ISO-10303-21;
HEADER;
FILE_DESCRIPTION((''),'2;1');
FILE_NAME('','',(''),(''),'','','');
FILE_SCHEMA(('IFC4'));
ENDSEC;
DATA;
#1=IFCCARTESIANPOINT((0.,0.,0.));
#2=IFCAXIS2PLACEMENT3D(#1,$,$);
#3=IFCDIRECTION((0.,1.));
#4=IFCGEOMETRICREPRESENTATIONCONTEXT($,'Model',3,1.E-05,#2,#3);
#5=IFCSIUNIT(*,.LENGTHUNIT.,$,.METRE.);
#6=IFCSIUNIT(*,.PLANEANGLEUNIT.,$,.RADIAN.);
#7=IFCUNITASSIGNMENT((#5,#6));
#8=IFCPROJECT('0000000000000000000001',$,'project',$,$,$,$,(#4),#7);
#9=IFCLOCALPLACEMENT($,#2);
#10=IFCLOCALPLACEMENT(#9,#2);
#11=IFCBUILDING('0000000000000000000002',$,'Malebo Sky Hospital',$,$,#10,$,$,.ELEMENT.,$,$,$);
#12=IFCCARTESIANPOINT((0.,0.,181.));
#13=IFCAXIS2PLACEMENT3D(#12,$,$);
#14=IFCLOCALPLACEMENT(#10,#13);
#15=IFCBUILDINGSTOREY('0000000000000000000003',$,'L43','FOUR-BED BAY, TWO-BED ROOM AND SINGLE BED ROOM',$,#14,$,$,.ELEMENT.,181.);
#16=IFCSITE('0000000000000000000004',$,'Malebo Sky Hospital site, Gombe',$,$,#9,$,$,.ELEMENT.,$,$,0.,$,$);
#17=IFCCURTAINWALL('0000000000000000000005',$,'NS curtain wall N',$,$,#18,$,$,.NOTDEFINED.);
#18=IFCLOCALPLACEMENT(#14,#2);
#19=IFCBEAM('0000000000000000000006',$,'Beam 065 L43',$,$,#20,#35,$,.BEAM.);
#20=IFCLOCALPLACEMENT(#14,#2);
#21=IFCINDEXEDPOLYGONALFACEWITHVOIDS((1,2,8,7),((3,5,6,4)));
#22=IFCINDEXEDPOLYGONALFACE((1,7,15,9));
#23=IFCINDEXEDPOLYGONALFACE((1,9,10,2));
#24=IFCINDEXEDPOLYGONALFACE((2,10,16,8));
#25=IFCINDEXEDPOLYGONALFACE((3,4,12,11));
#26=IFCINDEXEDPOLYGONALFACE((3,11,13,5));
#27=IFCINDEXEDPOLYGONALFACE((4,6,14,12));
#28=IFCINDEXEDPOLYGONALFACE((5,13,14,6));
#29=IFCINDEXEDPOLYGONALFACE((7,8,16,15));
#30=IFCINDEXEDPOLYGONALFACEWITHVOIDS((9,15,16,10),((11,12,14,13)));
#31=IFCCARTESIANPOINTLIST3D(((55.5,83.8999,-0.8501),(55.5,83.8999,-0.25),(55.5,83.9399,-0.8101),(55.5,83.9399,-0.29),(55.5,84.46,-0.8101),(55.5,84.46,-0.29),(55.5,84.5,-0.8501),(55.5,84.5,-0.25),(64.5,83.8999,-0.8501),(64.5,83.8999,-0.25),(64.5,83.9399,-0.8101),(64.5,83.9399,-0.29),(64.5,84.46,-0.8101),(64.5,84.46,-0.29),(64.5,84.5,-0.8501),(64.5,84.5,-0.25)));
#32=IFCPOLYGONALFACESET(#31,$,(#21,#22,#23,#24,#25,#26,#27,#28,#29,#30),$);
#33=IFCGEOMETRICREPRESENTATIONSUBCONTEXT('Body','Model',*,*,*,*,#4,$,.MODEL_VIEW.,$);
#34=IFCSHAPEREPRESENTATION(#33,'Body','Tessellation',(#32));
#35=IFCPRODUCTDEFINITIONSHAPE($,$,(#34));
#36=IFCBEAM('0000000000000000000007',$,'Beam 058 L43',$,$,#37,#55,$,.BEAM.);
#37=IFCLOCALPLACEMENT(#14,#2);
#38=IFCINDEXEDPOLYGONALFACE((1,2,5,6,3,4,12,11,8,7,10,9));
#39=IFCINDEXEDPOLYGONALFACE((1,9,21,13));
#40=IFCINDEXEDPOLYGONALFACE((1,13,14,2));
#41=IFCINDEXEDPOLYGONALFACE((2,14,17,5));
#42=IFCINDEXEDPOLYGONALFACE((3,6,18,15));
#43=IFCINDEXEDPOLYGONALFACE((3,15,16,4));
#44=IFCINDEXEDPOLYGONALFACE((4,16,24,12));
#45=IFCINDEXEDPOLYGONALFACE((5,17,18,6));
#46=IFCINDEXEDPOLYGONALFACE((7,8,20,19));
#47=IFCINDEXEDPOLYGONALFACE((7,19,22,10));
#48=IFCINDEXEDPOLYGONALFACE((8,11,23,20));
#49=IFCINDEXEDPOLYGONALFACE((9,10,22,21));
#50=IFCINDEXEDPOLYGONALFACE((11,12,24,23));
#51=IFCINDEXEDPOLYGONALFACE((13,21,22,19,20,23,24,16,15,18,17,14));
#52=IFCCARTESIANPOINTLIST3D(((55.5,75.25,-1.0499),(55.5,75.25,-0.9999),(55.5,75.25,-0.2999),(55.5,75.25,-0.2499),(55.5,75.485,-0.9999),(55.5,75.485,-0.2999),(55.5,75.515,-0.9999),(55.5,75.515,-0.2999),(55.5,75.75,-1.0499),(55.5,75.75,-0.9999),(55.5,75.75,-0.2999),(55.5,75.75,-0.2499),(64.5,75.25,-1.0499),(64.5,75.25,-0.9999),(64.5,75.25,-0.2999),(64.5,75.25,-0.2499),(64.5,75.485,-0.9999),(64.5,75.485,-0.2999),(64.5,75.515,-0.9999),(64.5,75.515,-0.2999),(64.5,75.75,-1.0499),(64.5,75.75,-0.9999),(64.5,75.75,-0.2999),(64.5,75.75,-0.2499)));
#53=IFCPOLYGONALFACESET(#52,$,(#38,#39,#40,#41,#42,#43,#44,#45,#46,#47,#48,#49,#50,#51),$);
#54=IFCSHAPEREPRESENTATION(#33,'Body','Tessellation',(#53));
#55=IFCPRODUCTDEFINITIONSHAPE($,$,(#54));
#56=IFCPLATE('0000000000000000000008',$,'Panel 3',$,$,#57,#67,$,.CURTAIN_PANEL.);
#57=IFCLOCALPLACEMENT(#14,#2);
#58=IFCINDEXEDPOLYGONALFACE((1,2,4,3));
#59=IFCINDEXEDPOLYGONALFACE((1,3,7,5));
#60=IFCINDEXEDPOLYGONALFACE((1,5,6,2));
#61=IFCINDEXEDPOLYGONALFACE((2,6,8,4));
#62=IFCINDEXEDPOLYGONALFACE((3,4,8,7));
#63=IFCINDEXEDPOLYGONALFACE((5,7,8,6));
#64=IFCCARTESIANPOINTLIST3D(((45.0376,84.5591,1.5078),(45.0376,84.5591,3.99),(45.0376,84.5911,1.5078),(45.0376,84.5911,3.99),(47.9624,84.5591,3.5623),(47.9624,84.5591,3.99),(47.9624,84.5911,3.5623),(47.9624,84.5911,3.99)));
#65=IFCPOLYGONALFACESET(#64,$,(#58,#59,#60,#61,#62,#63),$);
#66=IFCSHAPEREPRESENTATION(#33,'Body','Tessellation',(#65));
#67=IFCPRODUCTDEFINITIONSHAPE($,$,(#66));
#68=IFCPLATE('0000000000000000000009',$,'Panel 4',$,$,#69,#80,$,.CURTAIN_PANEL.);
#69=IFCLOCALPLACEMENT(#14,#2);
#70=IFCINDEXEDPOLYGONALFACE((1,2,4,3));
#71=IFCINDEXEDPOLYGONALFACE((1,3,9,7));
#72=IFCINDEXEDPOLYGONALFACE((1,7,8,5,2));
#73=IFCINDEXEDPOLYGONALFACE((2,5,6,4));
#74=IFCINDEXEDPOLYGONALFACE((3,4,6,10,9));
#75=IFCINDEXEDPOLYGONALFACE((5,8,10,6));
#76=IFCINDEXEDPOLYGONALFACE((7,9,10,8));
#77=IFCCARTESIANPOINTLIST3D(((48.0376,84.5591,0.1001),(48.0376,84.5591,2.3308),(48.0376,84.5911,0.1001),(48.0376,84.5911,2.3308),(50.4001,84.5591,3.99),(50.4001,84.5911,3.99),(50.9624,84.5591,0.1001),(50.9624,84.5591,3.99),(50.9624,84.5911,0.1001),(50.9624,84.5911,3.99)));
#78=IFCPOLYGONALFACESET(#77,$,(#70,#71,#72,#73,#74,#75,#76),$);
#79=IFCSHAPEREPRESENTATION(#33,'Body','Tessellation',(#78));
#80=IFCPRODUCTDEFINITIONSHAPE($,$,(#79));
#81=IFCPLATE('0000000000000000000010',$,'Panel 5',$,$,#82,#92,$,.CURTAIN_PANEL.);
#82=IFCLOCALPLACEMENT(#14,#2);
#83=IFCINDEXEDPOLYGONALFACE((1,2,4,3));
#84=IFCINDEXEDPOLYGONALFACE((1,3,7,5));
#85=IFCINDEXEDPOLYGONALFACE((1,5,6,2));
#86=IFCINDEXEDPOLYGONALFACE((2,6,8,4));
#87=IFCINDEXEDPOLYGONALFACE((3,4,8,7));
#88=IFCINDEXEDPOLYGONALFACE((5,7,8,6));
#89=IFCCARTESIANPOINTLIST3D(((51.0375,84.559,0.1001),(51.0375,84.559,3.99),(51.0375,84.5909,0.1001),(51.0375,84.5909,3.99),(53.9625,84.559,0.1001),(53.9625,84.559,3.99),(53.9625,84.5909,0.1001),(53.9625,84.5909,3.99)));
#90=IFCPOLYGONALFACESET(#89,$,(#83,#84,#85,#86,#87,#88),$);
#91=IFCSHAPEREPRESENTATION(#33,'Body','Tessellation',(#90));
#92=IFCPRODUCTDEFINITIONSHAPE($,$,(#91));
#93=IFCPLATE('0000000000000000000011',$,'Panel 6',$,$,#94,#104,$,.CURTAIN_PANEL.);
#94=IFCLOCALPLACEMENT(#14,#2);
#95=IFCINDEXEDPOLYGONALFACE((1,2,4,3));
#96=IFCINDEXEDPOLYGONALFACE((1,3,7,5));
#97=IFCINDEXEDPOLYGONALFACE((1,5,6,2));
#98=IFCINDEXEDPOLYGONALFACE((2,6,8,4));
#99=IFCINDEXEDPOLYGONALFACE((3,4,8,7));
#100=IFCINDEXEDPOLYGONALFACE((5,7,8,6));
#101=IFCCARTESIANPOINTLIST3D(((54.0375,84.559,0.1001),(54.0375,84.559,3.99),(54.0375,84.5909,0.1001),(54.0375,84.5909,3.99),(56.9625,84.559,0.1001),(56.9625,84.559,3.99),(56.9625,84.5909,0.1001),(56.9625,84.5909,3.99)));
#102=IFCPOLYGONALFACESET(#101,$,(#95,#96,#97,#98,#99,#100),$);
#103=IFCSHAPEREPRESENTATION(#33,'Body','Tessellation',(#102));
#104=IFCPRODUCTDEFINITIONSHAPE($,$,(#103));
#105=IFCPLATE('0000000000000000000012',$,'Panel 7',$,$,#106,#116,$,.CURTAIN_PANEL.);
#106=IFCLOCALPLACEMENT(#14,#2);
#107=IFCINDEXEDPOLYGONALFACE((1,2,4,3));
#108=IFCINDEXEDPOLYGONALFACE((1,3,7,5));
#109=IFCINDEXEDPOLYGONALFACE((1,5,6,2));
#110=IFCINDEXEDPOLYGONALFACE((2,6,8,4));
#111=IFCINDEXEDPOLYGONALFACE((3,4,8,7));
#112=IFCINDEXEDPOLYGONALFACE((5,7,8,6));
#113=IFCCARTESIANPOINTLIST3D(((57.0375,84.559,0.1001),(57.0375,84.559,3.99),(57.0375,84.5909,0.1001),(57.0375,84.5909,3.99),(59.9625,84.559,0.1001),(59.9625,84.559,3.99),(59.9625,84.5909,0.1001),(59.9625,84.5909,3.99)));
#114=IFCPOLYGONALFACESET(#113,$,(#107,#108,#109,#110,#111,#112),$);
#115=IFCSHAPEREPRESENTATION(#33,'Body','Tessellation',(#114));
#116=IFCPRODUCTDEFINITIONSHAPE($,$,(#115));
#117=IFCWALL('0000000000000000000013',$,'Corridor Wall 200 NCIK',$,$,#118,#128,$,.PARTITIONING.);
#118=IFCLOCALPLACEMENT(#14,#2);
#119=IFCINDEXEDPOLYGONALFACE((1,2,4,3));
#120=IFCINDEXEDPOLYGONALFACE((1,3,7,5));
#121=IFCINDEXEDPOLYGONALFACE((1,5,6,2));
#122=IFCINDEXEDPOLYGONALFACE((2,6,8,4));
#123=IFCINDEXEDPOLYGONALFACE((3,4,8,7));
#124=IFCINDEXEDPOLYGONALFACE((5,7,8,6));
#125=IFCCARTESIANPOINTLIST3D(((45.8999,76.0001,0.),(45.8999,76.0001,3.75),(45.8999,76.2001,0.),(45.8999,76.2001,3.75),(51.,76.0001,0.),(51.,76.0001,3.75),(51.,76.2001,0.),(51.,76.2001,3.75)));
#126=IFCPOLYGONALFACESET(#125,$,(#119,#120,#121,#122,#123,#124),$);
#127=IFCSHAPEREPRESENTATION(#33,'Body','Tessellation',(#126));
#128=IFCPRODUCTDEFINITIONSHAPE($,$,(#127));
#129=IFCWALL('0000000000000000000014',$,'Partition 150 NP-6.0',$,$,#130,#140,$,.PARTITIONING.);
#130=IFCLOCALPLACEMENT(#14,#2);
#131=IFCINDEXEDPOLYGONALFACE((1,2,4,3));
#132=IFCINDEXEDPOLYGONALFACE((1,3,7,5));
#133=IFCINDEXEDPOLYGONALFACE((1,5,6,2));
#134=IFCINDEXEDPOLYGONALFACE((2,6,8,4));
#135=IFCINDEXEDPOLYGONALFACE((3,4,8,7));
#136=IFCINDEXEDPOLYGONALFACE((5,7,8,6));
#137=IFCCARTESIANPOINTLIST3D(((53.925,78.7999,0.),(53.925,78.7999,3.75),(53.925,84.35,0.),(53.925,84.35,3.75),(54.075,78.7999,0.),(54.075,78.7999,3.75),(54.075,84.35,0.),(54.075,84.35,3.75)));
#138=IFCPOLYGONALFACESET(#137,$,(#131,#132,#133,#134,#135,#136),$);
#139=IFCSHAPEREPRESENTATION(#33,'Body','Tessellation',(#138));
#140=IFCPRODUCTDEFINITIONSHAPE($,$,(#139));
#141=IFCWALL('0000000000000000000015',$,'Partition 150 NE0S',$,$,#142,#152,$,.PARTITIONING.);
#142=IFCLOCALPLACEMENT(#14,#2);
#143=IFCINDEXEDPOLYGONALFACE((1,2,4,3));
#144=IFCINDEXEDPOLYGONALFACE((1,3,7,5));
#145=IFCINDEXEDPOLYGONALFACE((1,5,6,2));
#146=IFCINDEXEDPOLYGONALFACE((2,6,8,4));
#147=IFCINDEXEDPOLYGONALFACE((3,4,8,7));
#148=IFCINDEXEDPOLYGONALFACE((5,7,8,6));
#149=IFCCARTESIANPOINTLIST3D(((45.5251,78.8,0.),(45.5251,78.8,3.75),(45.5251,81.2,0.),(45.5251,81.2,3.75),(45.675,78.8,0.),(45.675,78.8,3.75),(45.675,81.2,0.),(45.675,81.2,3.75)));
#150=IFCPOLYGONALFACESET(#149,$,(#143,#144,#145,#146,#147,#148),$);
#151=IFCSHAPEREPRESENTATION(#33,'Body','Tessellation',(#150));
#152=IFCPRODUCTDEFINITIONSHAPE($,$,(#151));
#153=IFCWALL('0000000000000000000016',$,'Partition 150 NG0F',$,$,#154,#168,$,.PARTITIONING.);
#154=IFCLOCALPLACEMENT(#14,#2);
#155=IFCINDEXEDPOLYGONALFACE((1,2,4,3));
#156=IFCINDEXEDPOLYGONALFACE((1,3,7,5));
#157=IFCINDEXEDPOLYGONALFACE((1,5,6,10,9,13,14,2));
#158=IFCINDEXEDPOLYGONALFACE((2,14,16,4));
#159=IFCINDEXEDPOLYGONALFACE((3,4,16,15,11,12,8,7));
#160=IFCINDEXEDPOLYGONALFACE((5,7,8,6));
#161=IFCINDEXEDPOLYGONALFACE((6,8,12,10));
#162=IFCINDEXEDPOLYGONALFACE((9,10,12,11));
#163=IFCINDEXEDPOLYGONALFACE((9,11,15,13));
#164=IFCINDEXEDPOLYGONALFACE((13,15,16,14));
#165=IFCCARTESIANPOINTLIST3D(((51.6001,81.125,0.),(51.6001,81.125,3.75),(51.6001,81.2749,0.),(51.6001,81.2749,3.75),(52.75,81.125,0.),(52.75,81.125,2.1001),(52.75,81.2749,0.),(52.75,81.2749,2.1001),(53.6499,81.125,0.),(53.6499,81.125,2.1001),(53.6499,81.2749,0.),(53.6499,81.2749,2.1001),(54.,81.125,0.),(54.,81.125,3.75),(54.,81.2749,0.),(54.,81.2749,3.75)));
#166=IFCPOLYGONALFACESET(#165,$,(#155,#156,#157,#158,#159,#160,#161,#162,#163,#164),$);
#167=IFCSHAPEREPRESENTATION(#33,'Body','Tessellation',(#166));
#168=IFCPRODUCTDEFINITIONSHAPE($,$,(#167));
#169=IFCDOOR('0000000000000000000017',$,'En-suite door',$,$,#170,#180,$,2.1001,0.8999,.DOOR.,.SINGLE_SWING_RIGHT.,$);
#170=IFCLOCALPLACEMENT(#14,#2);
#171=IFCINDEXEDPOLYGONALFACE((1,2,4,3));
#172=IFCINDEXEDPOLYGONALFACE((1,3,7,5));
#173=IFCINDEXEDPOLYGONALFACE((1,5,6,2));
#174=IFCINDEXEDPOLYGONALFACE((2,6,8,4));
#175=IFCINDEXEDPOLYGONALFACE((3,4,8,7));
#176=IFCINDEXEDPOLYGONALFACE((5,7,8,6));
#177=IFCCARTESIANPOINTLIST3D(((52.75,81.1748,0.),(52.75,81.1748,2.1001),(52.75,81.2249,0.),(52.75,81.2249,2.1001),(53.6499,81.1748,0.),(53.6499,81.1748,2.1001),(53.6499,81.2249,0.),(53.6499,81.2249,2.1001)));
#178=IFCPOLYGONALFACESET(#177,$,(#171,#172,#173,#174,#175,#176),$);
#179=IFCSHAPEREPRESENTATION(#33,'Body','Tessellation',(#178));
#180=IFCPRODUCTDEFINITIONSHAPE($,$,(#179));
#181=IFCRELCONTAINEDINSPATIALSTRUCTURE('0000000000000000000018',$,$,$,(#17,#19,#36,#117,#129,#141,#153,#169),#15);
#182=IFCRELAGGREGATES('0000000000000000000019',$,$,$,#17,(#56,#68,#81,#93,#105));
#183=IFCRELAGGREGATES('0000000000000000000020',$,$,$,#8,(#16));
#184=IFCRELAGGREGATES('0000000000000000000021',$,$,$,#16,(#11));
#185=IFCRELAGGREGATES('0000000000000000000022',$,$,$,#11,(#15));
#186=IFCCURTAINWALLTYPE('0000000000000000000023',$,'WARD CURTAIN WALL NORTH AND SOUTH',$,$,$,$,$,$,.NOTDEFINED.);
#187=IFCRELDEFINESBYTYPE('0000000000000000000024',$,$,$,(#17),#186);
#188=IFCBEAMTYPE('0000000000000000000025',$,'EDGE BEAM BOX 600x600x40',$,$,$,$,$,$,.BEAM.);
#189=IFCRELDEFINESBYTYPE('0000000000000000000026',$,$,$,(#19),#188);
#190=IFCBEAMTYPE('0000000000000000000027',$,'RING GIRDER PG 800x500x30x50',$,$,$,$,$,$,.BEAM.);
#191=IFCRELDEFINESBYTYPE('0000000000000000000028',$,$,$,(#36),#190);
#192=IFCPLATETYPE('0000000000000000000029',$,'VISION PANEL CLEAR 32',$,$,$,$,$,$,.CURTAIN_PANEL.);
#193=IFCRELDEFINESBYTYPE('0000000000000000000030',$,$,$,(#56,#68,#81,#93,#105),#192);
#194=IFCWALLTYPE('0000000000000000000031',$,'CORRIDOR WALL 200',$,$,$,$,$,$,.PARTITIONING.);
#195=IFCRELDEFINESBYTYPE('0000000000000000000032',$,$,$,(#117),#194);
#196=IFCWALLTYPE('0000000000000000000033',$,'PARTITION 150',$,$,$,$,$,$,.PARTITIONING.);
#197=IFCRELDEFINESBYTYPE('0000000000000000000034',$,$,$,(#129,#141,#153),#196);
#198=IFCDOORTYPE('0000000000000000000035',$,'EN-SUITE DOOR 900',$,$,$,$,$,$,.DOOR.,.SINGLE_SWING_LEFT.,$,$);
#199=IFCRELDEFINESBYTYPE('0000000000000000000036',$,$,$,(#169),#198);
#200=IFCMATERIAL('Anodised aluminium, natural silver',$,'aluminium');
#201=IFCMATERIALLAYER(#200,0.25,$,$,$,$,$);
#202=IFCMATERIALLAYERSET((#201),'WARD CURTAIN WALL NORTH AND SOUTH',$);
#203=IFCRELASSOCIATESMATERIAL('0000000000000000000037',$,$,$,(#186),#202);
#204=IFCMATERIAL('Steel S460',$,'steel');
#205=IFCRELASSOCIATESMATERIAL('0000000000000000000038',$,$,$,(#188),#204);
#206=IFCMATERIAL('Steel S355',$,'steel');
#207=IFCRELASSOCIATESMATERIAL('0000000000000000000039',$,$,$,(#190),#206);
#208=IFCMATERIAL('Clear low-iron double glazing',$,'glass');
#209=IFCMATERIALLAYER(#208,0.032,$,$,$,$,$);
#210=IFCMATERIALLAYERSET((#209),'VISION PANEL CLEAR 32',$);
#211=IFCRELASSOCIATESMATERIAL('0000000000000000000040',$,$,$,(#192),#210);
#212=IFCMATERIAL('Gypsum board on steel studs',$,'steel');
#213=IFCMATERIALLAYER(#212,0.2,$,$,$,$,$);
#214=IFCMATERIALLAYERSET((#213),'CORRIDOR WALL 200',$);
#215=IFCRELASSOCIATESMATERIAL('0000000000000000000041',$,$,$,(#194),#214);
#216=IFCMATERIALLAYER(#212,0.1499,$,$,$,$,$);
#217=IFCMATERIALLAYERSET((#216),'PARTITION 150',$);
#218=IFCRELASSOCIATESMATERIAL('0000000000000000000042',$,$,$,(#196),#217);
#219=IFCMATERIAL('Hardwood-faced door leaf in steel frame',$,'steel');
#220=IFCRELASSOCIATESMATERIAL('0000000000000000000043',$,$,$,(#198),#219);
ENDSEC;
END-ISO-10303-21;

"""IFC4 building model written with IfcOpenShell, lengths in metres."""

from ifc_helpers import new_model, si_unit, direction, frame, frame_2d, origin, origin_2d, place, context, subcontext, project, spatial, polyline, rectangle, hollow_rectangle, i_section, outline, extrude, material, layer, layer_set, material_profile, profile_set, type_object, element, fill, aggregate, save


model = new_model("IFC4")

# Units and contexts
model_context = context("Model", 3, precision=1e-05, world=origin(), true_north=direction((0.0, 1.0)))
body_context = subcontext(model_context, "Body", "Model", "MODEL_VIEW")
ifc_project = project(units=[si_unit("LENGTHUNIT", "METRE"), si_unit("PLANEANGLEUNIT", "RADIAN")], contexts=[model_context])

# Site, building, storey
site_placement = place(None, origin())
site = spatial("IfcSite", under=ifc_project, at=site_placement, Name="Malebo Sky Hospital site, Gombe", CompositionType="ELEMENT", RefElevation=0.0)
building_placement = place(site_placement, origin())
building = spatial("IfcBuilding", under=site, at=building_placement, Name="Malebo Sky Hospital", CompositionType="ELEMENT")
storey_placement = place(building_placement, frame((0.0, 0.0, 181.0)))
storey = spatial("IfcBuildingStorey", under=building, at=storey_placement, Name="L43", Description="FOUR-BED BAY, TWO-BED ROOM AND SINGLE BED ROOM", CompositionType="ELEMENT", Elevation=181.0)

# Shared definitions
ifc_material_1 = material(Name="Steel S460", Category="steel")

# Curtain wall
ifc_material_2 = material(Name="Anodised aluminium, natural silver", Category="aluminium")
ifc_layer_1 = layer(ifc_material_2, 0.25)
ifc_layer_set_1 = layer_set([ifc_layer_1], Name="WARD CURTAIN WALL NORTH AND SOUTH")
curtain_wall_type = type_object("IfcCurtainWallType", Name="WARD CURTAIN WALL NORTH AND SOUTH", PredefinedType="NOTDEFINED", material=ifc_layer_set_1)
curtain_wall_placement = place(storey_placement, origin())
curtain_wall = element("IfcCurtainWall", 1, at=curtain_wall_placement, inside=storey, type_object=curtain_wall_type, Name="NS curtain wall N", PredefinedType="NOTDEFINED")

# Beams
ifc_material_profile_1 = material_profile(ifc_material_1, hollow_rectangle(XDim=0.6001, YDim=0.6001, WallThickness=0.04, at=origin_2d()), Name="BOX 600x600x40")
ifc_profile_set_1 = profile_set([ifc_material_profile_1], Name="Steel S460")
beam_type_1 = type_object("IfcBeamType", Name="EDGE BEAM BOX 600x600x40", PredefinedType="BEAM", material=ifc_profile_set_1)
for number, where, z_axis, x_axis, name in (
    (2, (55.5, 84.2, -0.55), (1.0, 0.0, 0.0), (0.0, 1.0, 0.0), "Beam 065 L43"),
):
    element("IfcBeam", number, at=place(storey_placement, frame(where, z_axis=z_axis, x_axis=x_axis)), inside=storey, type_object=beam_type_1, Name=name, PredefinedType="BEAM", context=body_context, shape_type="SweptSolid", body=[
        extrude(hollow_rectangle(XDim=0.6001, YDim=0.6001, WallThickness=0.04, at=origin_2d()), origin(), (0.0, 0.0, 1.0), 9.0),
    ])
ifc_material_3 = material(Name="Steel S355", Category="steel")
ifc_material_profile_2 = material_profile(ifc_material_3, i_section(OverallWidth=0.5, OverallDepth=0.8, WebThickness=0.03, FlangeThickness=0.05, at=origin_2d()), Name="PG 800x500x30x50")
ifc_profile_set_2 = profile_set([ifc_material_profile_2], Name="Steel S355")
beam_type_2 = type_object("IfcBeamType", Name="RING GIRDER PG 800x500x30x50", PredefinedType="BEAM", material=ifc_profile_set_2)
beam_placement = place(storey_placement, frame((55.5, 75.5, -0.6499), z_axis=(1.0, 0.0, 0.0), x_axis=(0.0, 1.0, 0.0)))
element("IfcBeam", 3, at=beam_placement, inside=storey, type_object=beam_type_2, Name="Beam 058 L43", PredefinedType="BEAM", context=body_context, shape_type="SweptSolid", body=[
    extrude(i_section(OverallWidth=0.5, OverallDepth=0.8, WebThickness=0.03, FlangeThickness=0.05, at=origin_2d()), origin(), (0.0, 0.0, 1.0), 9.0),
])

# Plates
ifc_material_4 = material(Name="Clear low-iron double glazing", Category="glass")
ifc_layer_2 = layer(ifc_material_4, 0.032)
ifc_layer_set_2 = layer_set([ifc_layer_2], Name="VISION PANEL CLEAR 32")
plate_type = type_object("IfcPlateType", Name="VISION PANEL CLEAR 32", PredefinedType="CURTAIN_PANEL", material=ifc_layer_set_2)
plate_1_placement = place(storey_placement, frame((46.5, 84.575, 1.5078), z_axis=(0.0, 0.0, 1.0), x_axis=(1.0, 0.0, 0.0)))
plate_1 = element("IfcPlate", 4, at=plate_1_placement, type_object=plate_type, Name="Panel 3", PredefinedType="CURTAIN_PANEL", context=body_context, shape_type="SweptSolid", body=[
    extrude(outline(polyline([(-1.4624, 0.0), (1.4624, 2.0544), (1.4624, 2.4822), (-1.4624, 2.4822), (-1.4624, 0.0)])), frame((0.0, 0.0161, 0.0), z_axis=(0.0, -1.0, 0.0), x_axis=(1.0, 0.0, 0.0)), (0.0, 0.0, 1.0), 0.032),
])
plate_2_placement = place(storey_placement, frame((49.5, 84.575, 0.1001), z_axis=(0.0, 0.0, 1.0), x_axis=(1.0, 0.0, 0.0)))
plate_2 = element("IfcPlate", 5, at=plate_2_placement, type_object=plate_type, Name="Panel 4", PredefinedType="CURTAIN_PANEL", context=body_context, shape_type="SweptSolid", body=[
    extrude(outline(polyline([(-1.4624, 0.0), (1.4624, 0.0), (1.4624, 3.8899), (0.9001, 3.8899), (-1.4624, 2.2307), (-1.4624, 0.0)])), frame((0.0, 0.0161, 0.0), z_axis=(0.0, -1.0, 0.0), x_axis=(1.0, 0.0, 0.0)), (0.0, 0.0, 1.0), 0.032),
])
plate_3_placement = place(storey_placement, frame((52.5, 84.575, 0.1001), z_axis=(0.0, 0.0, 1.0), x_axis=(1.0, 0.0, 0.0)))
plate_3 = element("IfcPlate", 6, at=plate_3_placement, type_object=plate_type, Name="Panel 5", PredefinedType="CURTAIN_PANEL", context=body_context, shape_type="SweptSolid", body=[
    extrude(rectangle(XDim=2.925, YDim=0.032, at=origin_2d()), origin(), (0.0, 0.0, 1.0), 3.8899),
])
plate_4_placement = place(storey_placement, frame((55.5, 84.575, 0.1001), z_axis=(0.0, 0.0, 1.0), x_axis=(1.0, 0.0, 0.0)))
plate_4 = element("IfcPlate", 7, at=plate_4_placement, type_object=plate_type, Name="Panel 6", PredefinedType="CURTAIN_PANEL", context=body_context, shape_type="SweptSolid", body=[
    extrude(rectangle(XDim=2.925, YDim=0.032, at=origin_2d()), origin(), (0.0, 0.0, 1.0), 3.8899),
])
plate_5_placement = place(storey_placement, frame((58.5, 84.575, 0.1001), z_axis=(0.0, 0.0, 1.0), x_axis=(1.0, 0.0, 0.0)))
plate_5 = element("IfcPlate", 8, at=plate_5_placement, type_object=plate_type, Name="Panel 7", PredefinedType="CURTAIN_PANEL", context=body_context, shape_type="SweptSolid", body=[
    extrude(rectangle(XDim=2.925, YDim=0.032, at=origin_2d()), origin(), (0.0, 0.0, 1.0), 3.8899),
])
aggregate(curtain_wall, [plate_1, plate_2, plate_3, plate_4, plate_5])

# Walls
ifc_material_5 = material(Name="Gypsum board on steel studs", Category="steel")
ifc_layer_3 = layer(ifc_material_5, 0.2)
ifc_layer_set_3 = layer_set([ifc_layer_3], Name="CORRIDOR WALL 200")
wall_type_1 = type_object("IfcWallType", Name="CORRIDOR WALL 200", PredefinedType="PARTITIONING", material=ifc_layer_set_3)
wall_1_placement = place(storey_placement, frame((45.8999, 76.1001, 0.0), z_axis=(0.0, 0.0, 1.0), x_axis=(1.0, 0.0, 0.0)))
element("IfcWall", 9, at=wall_1_placement, inside=storey, type_object=wall_type_1, Name="Corridor Wall 200 NCIK", PredefinedType="PARTITIONING", context=body_context, shape_type="SweptSolid", body=[
    extrude(rectangle(XDim=5.1001, YDim=0.2, at=frame_2d((2.55, 0.0))), origin(), (0.0, 0.0, 1.0), 3.75),
])
ifc_layer_4 = layer(ifc_material_5, 0.1499)
ifc_layer_set_4 = layer_set([ifc_layer_4], Name="PARTITION 150")
wall_type_2 = type_object("IfcWallType", Name="PARTITION 150", PredefinedType="PARTITIONING", material=ifc_layer_set_4)
wall_2_placement = place(storey_placement, frame((54.0, 78.8, 0.0), z_axis=(0.0, 0.0, 1.0), x_axis=(0.0, 1.0, 0.0)))
element("IfcWall", 10, at=wall_2_placement, inside=storey, type_object=wall_type_2, Name="Partition 150 NP-6.0", PredefinedType="PARTITIONING", context=body_context, shape_type="SweptSolid", body=[
    extrude(rectangle(XDim=5.55, YDim=0.1499, at=frame_2d((2.7749, 0.0))), origin(), (0.0, 0.0, 1.0), 3.75),
])
wall_3_placement = place(storey_placement, frame((45.6001, 78.8, 0.0), z_axis=(0.0, 0.0, 1.0), x_axis=(0.0, 1.0, 0.0)))
element("IfcWall", 11, at=wall_3_placement, inside=storey, type_object=wall_type_2, Name="Partition 150 NE0S", PredefinedType="PARTITIONING", context=body_context, shape_type="SweptSolid", body=[
    extrude(rectangle(XDim=2.3999, YDim=0.1499, at=frame_2d((1.2, 0.0))), origin(), (0.0, 0.0, 1.0), 3.75),
])

# Wall, opening, door
wall_4_placement = place(storey_placement, frame((51.6001, 81.2, 0.0), z_axis=(0.0, 0.0, 1.0), x_axis=(1.0, 0.0, 0.0)))
wall_4 = element("IfcWall", 12, at=wall_4_placement, inside=storey, type_object=wall_type_2, Name="Partition 150 NG0F", PredefinedType="PARTITIONING", context=body_context, shape_type="SweptSolid", body=[
    extrude(rectangle(XDim=2.3999, YDim=0.1499, at=frame_2d((1.2, 0.0))), origin(), (0.0, 0.0, 1.0), 3.75),
])
opening_1_placement = place(wall_4_placement, frame((1.1499, 0.0, 0.0)))
opening_1 = element("IfcOpeningElement", 13, at=opening_1_placement, cuts=wall_4, PredefinedType="OPENING", context=body_context, shape_type="SweptSolid", body=[
    extrude(rectangle(XDim=0.8999, YDim=2.1001, at=frame_2d((0.45, 1.05))), frame((0.0, 0.085, 0.0), z_axis=(0.0, -1.0, 0.0), x_axis=(1.0, 0.0, 0.0)), (0.0, 0.0, 1.0), 0.1699),
])
ifc_material_6 = material(Name="Hardwood-faced door leaf in steel frame", Category="steel")
door_type = type_object("IfcDoorType", Name="EN-SUITE DOOR 900", OperationType="SINGLE_SWING_LEFT", PredefinedType="DOOR", material=ifc_material_6)
door_1_placement = place(opening_1_placement, origin())
door_1 = element("IfcDoor", 14, at=door_1_placement, inside=storey, type_object=door_type, Name="En-suite door", OperationType="SINGLE_SWING_RIGHT", OverallHeight=2.1001, OverallWidth=0.8999, PredefinedType="DOOR", context=body_context, shape_type="SweptSolid", body=[
    extrude(rectangle(XDim=0.8999, YDim=2.1001, at=frame_2d((0.45, 1.05))), frame((0.0, 0.0249, 0.0), z_axis=(0.0, -1.0, 0.0), x_axis=(1.0, 0.0, 0.0)), (0.0, 0.0, 1.0), 0.05),
])
fill(opening_1, door_1)

save(model, "model.ifc")
